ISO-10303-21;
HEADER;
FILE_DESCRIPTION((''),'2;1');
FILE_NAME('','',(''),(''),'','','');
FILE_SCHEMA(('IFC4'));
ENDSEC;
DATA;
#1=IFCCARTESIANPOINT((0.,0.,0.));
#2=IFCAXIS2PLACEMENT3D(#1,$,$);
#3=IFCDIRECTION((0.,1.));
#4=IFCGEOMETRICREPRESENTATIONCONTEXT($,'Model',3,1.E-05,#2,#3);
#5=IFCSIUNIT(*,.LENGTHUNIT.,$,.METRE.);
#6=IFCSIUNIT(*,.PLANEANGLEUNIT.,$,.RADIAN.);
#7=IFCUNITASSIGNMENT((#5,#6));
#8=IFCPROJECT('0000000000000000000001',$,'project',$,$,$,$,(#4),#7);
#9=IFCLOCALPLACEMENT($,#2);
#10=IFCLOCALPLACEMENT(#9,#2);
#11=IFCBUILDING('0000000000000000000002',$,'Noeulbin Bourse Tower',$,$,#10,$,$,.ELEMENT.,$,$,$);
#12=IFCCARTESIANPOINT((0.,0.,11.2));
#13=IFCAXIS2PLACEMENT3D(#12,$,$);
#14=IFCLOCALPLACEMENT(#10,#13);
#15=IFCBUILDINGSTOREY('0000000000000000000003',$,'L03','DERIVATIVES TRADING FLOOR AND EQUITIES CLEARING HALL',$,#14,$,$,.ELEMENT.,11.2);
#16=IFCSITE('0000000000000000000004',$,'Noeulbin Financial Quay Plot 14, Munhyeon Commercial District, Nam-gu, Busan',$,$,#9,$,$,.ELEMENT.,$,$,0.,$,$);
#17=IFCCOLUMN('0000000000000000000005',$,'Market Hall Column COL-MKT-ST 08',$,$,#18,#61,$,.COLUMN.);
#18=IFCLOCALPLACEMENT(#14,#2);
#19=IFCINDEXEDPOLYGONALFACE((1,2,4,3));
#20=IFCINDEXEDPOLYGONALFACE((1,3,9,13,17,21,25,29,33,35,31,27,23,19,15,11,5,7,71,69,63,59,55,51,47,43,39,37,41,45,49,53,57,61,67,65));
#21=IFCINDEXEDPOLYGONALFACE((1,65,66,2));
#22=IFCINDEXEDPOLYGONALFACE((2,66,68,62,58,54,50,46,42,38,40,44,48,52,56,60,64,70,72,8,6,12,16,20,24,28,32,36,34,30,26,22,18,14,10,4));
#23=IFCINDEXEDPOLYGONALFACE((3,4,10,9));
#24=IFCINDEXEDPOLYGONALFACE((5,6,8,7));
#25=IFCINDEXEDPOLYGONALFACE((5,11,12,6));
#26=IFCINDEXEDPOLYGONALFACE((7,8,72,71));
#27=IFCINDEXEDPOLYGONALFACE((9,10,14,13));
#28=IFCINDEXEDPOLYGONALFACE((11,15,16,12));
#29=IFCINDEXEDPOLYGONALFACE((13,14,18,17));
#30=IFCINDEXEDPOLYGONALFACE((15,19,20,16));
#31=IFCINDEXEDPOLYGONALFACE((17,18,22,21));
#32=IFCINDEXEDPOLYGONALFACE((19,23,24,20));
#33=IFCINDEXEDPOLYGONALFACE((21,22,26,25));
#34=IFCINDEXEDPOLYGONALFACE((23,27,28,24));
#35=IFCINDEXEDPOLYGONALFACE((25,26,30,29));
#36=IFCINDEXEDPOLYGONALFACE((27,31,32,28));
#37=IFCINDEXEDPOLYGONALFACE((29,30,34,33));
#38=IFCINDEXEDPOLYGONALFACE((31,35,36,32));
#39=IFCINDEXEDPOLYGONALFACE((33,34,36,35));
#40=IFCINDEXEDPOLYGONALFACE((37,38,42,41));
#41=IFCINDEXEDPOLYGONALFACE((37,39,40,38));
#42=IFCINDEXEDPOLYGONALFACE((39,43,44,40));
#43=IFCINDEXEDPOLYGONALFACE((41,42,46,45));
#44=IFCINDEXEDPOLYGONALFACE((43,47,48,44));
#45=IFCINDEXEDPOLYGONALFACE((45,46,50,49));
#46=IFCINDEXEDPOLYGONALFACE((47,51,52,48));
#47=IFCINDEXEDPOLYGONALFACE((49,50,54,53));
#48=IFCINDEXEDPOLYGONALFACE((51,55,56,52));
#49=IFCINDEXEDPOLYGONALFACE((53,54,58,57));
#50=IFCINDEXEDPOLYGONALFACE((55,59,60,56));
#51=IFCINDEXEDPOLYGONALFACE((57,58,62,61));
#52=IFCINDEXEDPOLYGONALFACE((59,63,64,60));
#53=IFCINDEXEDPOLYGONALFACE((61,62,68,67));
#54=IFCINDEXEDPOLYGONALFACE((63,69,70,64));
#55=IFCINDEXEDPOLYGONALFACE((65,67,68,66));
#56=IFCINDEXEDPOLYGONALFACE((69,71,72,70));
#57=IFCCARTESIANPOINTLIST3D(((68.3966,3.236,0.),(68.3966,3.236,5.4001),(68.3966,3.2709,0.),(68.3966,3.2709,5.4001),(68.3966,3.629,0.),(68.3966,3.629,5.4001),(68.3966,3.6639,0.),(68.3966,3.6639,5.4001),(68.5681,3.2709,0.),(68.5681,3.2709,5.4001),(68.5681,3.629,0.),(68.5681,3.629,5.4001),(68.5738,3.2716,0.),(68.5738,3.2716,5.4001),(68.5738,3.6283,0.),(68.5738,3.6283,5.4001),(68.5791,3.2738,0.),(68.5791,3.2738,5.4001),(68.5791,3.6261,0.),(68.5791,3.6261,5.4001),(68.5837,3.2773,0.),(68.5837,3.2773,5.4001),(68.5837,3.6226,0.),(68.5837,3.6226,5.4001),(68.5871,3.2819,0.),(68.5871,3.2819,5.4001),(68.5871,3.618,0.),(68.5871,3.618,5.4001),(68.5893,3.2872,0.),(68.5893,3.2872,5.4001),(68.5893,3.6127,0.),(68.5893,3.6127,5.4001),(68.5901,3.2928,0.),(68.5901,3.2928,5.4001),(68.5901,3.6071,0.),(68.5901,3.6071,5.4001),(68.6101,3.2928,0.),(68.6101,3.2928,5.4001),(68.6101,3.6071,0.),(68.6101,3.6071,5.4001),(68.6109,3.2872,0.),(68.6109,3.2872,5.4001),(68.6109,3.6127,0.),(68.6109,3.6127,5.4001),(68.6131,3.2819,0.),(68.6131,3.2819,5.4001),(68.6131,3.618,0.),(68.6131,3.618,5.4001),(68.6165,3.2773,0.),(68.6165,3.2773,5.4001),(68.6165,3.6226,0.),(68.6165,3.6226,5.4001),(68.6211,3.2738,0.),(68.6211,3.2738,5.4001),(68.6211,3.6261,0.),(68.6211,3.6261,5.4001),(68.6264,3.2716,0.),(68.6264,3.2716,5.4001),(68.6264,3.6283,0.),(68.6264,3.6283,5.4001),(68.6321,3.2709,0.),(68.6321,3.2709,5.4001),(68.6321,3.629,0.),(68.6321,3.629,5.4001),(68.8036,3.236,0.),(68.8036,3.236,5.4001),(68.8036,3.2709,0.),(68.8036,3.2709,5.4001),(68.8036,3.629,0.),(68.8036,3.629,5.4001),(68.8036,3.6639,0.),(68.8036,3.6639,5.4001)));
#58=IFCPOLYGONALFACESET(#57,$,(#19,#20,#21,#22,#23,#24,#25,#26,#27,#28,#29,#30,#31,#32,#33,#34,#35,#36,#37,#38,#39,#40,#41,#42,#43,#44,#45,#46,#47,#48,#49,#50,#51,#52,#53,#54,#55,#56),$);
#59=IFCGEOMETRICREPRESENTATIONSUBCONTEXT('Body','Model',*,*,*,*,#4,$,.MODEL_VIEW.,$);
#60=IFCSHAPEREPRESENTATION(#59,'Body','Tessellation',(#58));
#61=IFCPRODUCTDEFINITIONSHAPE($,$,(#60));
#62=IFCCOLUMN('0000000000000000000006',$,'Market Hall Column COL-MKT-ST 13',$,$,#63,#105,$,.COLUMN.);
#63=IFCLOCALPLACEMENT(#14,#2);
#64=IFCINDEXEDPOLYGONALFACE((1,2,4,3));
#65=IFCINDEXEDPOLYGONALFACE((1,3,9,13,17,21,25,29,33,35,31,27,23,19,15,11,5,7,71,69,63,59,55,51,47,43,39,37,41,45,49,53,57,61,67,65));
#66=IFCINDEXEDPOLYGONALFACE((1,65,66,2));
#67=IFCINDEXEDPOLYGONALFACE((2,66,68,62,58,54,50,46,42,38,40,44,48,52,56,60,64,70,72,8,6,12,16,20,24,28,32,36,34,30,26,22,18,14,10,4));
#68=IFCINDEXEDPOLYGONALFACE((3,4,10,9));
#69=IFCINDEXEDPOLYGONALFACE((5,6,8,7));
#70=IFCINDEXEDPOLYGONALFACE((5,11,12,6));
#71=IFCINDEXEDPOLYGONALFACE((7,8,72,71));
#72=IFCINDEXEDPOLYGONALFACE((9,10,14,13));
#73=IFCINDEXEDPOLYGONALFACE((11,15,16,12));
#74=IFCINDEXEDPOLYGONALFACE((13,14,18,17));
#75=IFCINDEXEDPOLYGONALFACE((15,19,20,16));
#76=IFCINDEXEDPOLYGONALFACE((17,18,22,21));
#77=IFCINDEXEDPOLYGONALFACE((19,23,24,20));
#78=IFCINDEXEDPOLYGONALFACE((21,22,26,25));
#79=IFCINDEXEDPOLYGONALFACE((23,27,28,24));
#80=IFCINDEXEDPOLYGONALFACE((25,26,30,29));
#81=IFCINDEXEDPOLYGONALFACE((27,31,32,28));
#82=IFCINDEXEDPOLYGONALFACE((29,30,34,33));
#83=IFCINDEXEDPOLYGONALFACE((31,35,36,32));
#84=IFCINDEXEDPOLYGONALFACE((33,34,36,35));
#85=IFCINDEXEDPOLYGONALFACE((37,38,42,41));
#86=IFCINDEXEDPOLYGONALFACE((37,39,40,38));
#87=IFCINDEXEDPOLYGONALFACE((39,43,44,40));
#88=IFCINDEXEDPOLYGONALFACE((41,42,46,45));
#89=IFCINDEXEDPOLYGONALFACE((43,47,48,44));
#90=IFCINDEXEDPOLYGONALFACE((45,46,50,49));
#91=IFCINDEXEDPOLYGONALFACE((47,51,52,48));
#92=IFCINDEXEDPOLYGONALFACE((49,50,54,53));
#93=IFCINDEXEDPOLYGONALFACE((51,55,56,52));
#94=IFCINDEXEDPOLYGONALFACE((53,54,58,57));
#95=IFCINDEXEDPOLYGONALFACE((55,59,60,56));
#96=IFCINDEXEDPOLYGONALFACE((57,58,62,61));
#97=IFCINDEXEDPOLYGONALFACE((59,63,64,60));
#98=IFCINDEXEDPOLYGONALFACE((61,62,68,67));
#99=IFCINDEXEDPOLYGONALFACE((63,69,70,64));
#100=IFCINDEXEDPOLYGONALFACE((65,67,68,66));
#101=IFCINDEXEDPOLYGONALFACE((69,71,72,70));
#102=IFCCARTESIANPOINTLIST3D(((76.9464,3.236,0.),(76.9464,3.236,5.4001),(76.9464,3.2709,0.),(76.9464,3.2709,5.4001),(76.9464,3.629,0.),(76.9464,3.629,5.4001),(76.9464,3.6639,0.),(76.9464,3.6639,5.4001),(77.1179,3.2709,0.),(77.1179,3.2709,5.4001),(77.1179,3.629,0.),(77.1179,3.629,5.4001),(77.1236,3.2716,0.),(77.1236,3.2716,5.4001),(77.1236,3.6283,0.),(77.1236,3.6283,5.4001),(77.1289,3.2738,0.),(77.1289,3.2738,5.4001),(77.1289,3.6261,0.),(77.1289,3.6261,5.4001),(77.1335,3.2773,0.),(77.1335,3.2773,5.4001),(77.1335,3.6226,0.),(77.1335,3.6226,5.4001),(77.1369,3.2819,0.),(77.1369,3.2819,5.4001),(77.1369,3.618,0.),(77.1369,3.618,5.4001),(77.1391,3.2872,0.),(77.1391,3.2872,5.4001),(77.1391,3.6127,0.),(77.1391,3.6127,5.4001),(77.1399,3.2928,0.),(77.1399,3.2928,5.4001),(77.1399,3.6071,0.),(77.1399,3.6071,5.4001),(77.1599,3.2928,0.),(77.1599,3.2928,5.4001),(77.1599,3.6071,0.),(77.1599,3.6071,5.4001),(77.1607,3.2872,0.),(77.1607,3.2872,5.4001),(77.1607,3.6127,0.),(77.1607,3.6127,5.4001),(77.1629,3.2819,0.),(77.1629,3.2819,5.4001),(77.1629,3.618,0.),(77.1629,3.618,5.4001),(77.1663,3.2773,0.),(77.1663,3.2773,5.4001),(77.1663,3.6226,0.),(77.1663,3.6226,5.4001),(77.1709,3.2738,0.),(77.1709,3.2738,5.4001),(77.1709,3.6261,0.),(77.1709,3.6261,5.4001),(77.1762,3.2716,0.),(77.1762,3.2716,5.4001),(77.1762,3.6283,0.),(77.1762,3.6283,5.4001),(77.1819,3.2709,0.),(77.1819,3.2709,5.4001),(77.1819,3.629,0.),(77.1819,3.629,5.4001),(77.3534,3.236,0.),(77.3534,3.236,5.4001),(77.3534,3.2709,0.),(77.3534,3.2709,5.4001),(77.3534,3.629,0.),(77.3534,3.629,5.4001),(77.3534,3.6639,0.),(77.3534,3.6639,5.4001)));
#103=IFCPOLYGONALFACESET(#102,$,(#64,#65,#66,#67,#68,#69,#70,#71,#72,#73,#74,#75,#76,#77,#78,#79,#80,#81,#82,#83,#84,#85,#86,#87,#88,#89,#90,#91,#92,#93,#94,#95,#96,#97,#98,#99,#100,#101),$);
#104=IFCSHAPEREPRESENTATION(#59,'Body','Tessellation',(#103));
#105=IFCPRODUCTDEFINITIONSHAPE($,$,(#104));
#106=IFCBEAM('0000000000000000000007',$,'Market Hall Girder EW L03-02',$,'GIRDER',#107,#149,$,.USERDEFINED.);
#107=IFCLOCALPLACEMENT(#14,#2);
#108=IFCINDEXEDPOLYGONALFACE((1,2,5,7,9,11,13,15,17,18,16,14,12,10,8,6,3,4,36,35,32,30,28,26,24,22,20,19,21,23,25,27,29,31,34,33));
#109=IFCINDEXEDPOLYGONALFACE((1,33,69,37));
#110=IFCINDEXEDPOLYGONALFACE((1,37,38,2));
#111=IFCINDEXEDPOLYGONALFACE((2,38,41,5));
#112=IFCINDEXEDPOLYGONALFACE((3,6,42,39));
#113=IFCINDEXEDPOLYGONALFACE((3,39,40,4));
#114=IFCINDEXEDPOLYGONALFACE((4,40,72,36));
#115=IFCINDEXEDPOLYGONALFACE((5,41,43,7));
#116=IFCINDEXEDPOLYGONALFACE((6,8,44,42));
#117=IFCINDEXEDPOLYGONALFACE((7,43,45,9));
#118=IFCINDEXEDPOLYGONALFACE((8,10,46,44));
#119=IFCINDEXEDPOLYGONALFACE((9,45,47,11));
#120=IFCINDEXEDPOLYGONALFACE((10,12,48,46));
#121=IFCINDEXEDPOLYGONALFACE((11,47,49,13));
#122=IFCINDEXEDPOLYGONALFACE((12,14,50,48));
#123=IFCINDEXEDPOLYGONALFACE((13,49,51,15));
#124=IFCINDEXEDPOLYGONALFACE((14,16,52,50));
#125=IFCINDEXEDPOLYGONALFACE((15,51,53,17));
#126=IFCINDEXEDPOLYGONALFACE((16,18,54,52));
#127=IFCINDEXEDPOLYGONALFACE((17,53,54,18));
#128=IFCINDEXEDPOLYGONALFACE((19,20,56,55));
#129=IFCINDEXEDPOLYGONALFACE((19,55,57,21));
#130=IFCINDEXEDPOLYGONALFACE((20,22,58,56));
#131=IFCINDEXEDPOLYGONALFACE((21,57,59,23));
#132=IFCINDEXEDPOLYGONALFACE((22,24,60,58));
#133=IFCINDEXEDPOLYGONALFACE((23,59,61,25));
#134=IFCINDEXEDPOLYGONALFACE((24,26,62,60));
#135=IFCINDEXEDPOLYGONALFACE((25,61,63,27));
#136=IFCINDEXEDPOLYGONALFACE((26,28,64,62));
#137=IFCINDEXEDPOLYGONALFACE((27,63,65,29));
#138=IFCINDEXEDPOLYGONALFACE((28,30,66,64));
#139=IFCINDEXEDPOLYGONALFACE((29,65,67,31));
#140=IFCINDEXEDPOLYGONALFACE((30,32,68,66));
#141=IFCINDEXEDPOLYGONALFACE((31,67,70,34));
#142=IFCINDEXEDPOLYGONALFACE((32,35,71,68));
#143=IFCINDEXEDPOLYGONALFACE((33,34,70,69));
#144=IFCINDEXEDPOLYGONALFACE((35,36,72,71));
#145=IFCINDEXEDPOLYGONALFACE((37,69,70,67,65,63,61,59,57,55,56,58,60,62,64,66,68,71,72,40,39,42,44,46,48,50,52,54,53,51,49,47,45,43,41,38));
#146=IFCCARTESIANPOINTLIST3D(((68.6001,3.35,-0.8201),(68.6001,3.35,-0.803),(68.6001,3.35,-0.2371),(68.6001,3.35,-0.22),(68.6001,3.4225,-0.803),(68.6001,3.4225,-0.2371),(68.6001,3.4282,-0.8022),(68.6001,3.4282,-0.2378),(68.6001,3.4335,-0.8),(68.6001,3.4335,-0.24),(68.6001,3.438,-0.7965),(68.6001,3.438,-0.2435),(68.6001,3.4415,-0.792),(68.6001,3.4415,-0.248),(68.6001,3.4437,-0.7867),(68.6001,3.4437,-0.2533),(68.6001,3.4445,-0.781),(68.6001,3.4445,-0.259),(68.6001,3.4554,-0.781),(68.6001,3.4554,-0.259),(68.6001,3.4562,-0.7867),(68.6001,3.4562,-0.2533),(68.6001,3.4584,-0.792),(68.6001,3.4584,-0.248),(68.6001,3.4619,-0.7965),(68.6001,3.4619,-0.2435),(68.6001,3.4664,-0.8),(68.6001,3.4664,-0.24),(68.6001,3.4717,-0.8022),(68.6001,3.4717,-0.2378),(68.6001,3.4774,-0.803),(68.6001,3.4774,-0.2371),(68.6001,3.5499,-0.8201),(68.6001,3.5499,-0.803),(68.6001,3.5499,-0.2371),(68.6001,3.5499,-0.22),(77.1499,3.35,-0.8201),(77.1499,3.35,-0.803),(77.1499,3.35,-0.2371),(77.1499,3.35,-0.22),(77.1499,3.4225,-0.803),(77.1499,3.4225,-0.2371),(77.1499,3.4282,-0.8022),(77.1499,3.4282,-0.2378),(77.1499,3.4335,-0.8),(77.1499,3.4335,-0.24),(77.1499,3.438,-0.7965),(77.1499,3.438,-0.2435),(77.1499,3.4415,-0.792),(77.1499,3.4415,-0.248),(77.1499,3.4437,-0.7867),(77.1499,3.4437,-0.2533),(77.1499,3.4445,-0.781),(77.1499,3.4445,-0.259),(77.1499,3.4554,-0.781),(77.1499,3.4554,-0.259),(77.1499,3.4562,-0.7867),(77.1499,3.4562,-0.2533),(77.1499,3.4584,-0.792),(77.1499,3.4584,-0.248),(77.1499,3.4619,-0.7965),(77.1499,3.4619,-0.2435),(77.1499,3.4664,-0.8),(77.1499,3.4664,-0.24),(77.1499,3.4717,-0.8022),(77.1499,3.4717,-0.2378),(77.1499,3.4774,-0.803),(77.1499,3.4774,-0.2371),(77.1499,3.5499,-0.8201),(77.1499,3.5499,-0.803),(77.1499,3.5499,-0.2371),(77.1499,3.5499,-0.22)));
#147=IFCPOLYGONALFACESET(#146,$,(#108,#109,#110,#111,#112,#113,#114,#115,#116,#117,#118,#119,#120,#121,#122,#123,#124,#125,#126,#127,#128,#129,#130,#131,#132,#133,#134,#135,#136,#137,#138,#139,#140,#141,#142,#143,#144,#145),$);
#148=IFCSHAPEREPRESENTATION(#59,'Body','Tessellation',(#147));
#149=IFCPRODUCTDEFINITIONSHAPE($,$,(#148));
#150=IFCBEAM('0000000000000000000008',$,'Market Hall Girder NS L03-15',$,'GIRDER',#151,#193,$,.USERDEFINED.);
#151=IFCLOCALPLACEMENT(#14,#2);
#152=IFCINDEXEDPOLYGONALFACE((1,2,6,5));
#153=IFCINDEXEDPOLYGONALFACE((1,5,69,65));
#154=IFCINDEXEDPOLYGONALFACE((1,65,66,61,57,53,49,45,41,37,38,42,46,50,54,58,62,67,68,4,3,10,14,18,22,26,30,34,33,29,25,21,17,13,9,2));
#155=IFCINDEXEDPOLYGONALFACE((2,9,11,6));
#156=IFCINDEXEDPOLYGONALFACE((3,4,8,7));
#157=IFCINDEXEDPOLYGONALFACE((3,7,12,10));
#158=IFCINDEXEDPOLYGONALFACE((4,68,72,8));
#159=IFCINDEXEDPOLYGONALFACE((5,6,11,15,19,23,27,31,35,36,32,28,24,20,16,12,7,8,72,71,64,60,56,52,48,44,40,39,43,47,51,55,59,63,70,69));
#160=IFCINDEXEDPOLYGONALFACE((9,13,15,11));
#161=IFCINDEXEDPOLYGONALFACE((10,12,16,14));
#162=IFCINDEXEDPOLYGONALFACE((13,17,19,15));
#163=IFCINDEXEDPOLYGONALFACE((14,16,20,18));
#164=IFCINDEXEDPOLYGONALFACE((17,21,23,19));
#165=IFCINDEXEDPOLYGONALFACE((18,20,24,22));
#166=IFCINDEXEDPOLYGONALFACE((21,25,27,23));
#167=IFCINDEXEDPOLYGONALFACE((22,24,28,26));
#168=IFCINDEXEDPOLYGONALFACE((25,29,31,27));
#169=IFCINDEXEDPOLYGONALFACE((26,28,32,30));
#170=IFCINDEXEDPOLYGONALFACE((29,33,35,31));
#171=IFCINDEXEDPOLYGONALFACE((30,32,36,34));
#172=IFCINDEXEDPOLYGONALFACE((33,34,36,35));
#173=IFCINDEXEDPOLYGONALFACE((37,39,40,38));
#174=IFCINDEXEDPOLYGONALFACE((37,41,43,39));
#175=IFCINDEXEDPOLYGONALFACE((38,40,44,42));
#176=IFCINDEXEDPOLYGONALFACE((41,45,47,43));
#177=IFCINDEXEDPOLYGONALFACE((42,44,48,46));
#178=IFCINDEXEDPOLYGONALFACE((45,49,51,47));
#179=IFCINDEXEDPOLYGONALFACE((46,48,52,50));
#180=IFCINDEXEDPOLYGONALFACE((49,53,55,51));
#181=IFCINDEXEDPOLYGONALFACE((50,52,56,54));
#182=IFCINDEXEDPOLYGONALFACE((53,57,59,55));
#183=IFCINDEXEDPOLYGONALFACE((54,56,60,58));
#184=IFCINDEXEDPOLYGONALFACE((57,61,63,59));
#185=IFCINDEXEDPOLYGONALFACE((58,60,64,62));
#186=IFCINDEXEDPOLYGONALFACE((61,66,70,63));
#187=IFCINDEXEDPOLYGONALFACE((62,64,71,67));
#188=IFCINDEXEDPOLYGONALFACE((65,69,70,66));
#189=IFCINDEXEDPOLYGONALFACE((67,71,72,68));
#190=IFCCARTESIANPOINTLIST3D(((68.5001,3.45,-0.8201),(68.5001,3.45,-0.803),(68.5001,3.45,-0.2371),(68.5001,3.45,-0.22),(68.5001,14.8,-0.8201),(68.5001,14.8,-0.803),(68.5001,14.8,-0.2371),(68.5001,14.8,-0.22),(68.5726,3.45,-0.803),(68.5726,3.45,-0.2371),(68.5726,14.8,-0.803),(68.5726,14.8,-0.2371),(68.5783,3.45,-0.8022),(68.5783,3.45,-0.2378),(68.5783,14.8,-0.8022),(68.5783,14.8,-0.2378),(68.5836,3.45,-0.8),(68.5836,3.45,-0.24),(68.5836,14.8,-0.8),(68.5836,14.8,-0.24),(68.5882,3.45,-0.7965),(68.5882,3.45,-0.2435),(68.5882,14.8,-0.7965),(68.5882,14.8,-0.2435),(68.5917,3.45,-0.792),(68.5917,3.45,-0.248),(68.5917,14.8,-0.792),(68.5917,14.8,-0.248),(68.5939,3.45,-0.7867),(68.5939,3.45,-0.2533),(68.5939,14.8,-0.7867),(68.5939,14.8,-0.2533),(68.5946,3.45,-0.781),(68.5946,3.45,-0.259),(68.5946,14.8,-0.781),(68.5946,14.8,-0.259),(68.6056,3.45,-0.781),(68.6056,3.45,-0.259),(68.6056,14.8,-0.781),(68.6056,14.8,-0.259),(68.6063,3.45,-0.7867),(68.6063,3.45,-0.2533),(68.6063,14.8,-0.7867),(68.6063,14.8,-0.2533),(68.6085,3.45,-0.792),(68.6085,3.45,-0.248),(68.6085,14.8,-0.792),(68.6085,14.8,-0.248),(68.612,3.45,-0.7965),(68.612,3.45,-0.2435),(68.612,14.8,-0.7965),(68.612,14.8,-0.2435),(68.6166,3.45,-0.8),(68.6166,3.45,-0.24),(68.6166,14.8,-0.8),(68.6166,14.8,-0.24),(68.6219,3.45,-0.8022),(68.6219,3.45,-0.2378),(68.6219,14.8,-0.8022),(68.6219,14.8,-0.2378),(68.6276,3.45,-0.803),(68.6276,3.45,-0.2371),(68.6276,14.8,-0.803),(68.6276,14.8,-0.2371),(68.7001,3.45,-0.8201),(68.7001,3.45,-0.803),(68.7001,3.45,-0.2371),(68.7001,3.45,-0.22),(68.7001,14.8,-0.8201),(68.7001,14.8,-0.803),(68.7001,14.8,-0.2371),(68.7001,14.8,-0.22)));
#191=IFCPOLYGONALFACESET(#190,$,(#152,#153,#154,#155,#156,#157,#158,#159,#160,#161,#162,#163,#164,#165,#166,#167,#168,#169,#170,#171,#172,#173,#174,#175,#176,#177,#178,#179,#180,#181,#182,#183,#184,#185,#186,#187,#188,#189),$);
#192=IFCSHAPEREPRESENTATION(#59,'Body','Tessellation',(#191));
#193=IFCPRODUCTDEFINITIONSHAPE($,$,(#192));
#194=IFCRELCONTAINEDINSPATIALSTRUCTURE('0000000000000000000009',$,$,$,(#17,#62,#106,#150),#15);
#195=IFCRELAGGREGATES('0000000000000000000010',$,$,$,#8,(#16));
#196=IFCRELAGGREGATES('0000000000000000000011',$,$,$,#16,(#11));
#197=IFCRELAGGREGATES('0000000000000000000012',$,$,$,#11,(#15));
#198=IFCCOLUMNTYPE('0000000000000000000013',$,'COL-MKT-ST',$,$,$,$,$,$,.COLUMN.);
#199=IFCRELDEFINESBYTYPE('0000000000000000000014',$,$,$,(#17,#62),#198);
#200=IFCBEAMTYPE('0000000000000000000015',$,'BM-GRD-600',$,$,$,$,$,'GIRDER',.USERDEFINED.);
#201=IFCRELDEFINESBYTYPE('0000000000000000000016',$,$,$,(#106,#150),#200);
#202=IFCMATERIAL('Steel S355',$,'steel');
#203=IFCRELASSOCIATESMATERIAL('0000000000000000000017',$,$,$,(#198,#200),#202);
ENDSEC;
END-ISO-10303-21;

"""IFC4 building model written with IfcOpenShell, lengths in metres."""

from ifc_helpers import new_model, si_unit, direction, frame, origin, origin_2d, place, context, subcontext, project, spatial, i_section, extrude, material, material_profile, profile_set, type_object, element, save


model = new_model("IFC4")

# Units and contexts
model_context = context("Model", 3, precision=1e-05, world=origin(), true_north=direction((0.0, 1.0)))
body_context = subcontext(model_context, "Body", "Model", "MODEL_VIEW")
ifc_project = project(units=[si_unit("LENGTHUNIT", "METRE"), si_unit("PLANEANGLEUNIT", "RADIAN")], contexts=[model_context])

# Site, building, storey
site_placement = place(None, origin())
site = spatial("IfcSite", under=ifc_project, at=site_placement, Name="Noeulbin Financial Quay Plot 14, Munhyeon Commercial District, Nam-gu, Busan", CompositionType="ELEMENT", RefElevation=0.0)
building_placement = place(site_placement, origin())
building = spatial("IfcBuilding", under=site, at=building_placement, Name="Noeulbin Bourse Tower", CompositionType="ELEMENT")
storey_placement = place(building_placement, frame((0.0, 0.0, 11.2)))
storey = spatial("IfcBuildingStorey", under=building, at=storey_placement, Name="L03", Description="DERIVATIVES TRADING FLOOR AND EQUITIES CLEARING HALL", CompositionType="ELEMENT", Elevation=11.2)

# Columns
ifc_material_1 = material(Name="Steel S355", Category="steel")
ifc_material_profile_1 = material_profile(ifc_material_1, i_section(OverallWidth=0.407, OverallDepth=0.428, WebThickness=0.02, FlangeThickness=0.0349, FilletRadius=0.022, at=origin_2d()), Name="H-428x407x20x35", Category="LoadBearing")
ifc_profile_set_1 = profile_set([ifc_material_profile_1], Name="Steel S355")
column_type = type_object("IfcColumnType", Name="COL-MKT-ST", PredefinedType="COLUMN", material=ifc_profile_set_1)
for number, where, z_axis, x_axis, name in (
    (1, (68.6001, 3.45, 0.0), (0.0, 0.0, 1.0), (1.0, 0.0, 0.0), "Market Hall Column COL-MKT-ST 08"),
    (2, (77.1499, 3.45, 0.0), (0.0, 0.0, 1.0), (1.0, 0.0, 0.0), "Market Hall Column COL-MKT-ST 13"),
):
    element("IfcColumn", number, at=place(storey_placement, frame(where, z_axis=z_axis, x_axis=x_axis)), inside=storey, type_object=column_type, Name=name, PredefinedType="COLUMN", context=body_context, shape_type="SweptSolid", body=[
        extrude(i_section(OverallWidth=0.407, OverallDepth=0.428, WebThickness=0.02, FlangeThickness=0.0349, FilletRadius=0.022, at=origin_2d()), origin(), (0.0, 0.0, 1.0), 5.4001),
    ])

# Beams
ifc_material_profile_2 = material_profile(ifc_material_1, i_section(OverallWidth=0.2, OverallDepth=0.6001, WebThickness=0.011, FlangeThickness=0.0171, FilletRadius=0.022, at=origin_2d()), Name="H-600x200x11x17", Category="LoadBearing")
ifc_profile_set_2 = profile_set([ifc_material_profile_2], Name="Steel S355")
beam_type_1 = type_object("IfcBeamType", Name="BM-GRD-600", ElementType="GIRDER", PredefinedType="USERDEFINED", material=ifc_profile_set_2)
beam_1_placement = place(storey_placement, frame((68.6001, 3.45, -0.52), z_axis=(1.0, 0.0, 0.0), x_axis=(0.0, 1.0, 0.0)))
element("IfcBeam", 3, at=beam_1_placement, inside=storey, type_object=beam_type_1, Name="Market Hall Girder EW L03-02", ObjectType="GIRDER", PredefinedType="USERDEFINED", context=body_context, shape_type="SweptSolid", body=[
    extrude(i_section(OverallWidth=0.2, OverallDepth=0.6001, WebThickness=0.011, FlangeThickness=0.0171, FilletRadius=0.022, at=origin_2d()), origin(), (0.0, 0.0, 1.0), 8.5498),
])
for number, where, z_axis, x_axis, name in (
    (4, (68.6001, 3.45, -0.52), (0.0, 1.0, 0.0), (-1.0, 0.0, 0.0), "Market Hall Girder NS L03-15"),
):
    element("IfcBeam", number, at=place(storey_placement, frame(where, z_axis=z_axis, x_axis=x_axis)), inside=storey, type_object=beam_type_1, Name=name, ObjectType="GIRDER", PredefinedType="USERDEFINED", context=body_context, shape_type="SweptSolid", body=[
        extrude(i_section(OverallWidth=0.2, OverallDepth=0.6001, WebThickness=0.011, FlangeThickness=0.0171, FilletRadius=0.022, at=origin_2d()), origin(), (0.0, 0.0, 1.0), 11.3501),
    ])

save(model, "model.ifc")
